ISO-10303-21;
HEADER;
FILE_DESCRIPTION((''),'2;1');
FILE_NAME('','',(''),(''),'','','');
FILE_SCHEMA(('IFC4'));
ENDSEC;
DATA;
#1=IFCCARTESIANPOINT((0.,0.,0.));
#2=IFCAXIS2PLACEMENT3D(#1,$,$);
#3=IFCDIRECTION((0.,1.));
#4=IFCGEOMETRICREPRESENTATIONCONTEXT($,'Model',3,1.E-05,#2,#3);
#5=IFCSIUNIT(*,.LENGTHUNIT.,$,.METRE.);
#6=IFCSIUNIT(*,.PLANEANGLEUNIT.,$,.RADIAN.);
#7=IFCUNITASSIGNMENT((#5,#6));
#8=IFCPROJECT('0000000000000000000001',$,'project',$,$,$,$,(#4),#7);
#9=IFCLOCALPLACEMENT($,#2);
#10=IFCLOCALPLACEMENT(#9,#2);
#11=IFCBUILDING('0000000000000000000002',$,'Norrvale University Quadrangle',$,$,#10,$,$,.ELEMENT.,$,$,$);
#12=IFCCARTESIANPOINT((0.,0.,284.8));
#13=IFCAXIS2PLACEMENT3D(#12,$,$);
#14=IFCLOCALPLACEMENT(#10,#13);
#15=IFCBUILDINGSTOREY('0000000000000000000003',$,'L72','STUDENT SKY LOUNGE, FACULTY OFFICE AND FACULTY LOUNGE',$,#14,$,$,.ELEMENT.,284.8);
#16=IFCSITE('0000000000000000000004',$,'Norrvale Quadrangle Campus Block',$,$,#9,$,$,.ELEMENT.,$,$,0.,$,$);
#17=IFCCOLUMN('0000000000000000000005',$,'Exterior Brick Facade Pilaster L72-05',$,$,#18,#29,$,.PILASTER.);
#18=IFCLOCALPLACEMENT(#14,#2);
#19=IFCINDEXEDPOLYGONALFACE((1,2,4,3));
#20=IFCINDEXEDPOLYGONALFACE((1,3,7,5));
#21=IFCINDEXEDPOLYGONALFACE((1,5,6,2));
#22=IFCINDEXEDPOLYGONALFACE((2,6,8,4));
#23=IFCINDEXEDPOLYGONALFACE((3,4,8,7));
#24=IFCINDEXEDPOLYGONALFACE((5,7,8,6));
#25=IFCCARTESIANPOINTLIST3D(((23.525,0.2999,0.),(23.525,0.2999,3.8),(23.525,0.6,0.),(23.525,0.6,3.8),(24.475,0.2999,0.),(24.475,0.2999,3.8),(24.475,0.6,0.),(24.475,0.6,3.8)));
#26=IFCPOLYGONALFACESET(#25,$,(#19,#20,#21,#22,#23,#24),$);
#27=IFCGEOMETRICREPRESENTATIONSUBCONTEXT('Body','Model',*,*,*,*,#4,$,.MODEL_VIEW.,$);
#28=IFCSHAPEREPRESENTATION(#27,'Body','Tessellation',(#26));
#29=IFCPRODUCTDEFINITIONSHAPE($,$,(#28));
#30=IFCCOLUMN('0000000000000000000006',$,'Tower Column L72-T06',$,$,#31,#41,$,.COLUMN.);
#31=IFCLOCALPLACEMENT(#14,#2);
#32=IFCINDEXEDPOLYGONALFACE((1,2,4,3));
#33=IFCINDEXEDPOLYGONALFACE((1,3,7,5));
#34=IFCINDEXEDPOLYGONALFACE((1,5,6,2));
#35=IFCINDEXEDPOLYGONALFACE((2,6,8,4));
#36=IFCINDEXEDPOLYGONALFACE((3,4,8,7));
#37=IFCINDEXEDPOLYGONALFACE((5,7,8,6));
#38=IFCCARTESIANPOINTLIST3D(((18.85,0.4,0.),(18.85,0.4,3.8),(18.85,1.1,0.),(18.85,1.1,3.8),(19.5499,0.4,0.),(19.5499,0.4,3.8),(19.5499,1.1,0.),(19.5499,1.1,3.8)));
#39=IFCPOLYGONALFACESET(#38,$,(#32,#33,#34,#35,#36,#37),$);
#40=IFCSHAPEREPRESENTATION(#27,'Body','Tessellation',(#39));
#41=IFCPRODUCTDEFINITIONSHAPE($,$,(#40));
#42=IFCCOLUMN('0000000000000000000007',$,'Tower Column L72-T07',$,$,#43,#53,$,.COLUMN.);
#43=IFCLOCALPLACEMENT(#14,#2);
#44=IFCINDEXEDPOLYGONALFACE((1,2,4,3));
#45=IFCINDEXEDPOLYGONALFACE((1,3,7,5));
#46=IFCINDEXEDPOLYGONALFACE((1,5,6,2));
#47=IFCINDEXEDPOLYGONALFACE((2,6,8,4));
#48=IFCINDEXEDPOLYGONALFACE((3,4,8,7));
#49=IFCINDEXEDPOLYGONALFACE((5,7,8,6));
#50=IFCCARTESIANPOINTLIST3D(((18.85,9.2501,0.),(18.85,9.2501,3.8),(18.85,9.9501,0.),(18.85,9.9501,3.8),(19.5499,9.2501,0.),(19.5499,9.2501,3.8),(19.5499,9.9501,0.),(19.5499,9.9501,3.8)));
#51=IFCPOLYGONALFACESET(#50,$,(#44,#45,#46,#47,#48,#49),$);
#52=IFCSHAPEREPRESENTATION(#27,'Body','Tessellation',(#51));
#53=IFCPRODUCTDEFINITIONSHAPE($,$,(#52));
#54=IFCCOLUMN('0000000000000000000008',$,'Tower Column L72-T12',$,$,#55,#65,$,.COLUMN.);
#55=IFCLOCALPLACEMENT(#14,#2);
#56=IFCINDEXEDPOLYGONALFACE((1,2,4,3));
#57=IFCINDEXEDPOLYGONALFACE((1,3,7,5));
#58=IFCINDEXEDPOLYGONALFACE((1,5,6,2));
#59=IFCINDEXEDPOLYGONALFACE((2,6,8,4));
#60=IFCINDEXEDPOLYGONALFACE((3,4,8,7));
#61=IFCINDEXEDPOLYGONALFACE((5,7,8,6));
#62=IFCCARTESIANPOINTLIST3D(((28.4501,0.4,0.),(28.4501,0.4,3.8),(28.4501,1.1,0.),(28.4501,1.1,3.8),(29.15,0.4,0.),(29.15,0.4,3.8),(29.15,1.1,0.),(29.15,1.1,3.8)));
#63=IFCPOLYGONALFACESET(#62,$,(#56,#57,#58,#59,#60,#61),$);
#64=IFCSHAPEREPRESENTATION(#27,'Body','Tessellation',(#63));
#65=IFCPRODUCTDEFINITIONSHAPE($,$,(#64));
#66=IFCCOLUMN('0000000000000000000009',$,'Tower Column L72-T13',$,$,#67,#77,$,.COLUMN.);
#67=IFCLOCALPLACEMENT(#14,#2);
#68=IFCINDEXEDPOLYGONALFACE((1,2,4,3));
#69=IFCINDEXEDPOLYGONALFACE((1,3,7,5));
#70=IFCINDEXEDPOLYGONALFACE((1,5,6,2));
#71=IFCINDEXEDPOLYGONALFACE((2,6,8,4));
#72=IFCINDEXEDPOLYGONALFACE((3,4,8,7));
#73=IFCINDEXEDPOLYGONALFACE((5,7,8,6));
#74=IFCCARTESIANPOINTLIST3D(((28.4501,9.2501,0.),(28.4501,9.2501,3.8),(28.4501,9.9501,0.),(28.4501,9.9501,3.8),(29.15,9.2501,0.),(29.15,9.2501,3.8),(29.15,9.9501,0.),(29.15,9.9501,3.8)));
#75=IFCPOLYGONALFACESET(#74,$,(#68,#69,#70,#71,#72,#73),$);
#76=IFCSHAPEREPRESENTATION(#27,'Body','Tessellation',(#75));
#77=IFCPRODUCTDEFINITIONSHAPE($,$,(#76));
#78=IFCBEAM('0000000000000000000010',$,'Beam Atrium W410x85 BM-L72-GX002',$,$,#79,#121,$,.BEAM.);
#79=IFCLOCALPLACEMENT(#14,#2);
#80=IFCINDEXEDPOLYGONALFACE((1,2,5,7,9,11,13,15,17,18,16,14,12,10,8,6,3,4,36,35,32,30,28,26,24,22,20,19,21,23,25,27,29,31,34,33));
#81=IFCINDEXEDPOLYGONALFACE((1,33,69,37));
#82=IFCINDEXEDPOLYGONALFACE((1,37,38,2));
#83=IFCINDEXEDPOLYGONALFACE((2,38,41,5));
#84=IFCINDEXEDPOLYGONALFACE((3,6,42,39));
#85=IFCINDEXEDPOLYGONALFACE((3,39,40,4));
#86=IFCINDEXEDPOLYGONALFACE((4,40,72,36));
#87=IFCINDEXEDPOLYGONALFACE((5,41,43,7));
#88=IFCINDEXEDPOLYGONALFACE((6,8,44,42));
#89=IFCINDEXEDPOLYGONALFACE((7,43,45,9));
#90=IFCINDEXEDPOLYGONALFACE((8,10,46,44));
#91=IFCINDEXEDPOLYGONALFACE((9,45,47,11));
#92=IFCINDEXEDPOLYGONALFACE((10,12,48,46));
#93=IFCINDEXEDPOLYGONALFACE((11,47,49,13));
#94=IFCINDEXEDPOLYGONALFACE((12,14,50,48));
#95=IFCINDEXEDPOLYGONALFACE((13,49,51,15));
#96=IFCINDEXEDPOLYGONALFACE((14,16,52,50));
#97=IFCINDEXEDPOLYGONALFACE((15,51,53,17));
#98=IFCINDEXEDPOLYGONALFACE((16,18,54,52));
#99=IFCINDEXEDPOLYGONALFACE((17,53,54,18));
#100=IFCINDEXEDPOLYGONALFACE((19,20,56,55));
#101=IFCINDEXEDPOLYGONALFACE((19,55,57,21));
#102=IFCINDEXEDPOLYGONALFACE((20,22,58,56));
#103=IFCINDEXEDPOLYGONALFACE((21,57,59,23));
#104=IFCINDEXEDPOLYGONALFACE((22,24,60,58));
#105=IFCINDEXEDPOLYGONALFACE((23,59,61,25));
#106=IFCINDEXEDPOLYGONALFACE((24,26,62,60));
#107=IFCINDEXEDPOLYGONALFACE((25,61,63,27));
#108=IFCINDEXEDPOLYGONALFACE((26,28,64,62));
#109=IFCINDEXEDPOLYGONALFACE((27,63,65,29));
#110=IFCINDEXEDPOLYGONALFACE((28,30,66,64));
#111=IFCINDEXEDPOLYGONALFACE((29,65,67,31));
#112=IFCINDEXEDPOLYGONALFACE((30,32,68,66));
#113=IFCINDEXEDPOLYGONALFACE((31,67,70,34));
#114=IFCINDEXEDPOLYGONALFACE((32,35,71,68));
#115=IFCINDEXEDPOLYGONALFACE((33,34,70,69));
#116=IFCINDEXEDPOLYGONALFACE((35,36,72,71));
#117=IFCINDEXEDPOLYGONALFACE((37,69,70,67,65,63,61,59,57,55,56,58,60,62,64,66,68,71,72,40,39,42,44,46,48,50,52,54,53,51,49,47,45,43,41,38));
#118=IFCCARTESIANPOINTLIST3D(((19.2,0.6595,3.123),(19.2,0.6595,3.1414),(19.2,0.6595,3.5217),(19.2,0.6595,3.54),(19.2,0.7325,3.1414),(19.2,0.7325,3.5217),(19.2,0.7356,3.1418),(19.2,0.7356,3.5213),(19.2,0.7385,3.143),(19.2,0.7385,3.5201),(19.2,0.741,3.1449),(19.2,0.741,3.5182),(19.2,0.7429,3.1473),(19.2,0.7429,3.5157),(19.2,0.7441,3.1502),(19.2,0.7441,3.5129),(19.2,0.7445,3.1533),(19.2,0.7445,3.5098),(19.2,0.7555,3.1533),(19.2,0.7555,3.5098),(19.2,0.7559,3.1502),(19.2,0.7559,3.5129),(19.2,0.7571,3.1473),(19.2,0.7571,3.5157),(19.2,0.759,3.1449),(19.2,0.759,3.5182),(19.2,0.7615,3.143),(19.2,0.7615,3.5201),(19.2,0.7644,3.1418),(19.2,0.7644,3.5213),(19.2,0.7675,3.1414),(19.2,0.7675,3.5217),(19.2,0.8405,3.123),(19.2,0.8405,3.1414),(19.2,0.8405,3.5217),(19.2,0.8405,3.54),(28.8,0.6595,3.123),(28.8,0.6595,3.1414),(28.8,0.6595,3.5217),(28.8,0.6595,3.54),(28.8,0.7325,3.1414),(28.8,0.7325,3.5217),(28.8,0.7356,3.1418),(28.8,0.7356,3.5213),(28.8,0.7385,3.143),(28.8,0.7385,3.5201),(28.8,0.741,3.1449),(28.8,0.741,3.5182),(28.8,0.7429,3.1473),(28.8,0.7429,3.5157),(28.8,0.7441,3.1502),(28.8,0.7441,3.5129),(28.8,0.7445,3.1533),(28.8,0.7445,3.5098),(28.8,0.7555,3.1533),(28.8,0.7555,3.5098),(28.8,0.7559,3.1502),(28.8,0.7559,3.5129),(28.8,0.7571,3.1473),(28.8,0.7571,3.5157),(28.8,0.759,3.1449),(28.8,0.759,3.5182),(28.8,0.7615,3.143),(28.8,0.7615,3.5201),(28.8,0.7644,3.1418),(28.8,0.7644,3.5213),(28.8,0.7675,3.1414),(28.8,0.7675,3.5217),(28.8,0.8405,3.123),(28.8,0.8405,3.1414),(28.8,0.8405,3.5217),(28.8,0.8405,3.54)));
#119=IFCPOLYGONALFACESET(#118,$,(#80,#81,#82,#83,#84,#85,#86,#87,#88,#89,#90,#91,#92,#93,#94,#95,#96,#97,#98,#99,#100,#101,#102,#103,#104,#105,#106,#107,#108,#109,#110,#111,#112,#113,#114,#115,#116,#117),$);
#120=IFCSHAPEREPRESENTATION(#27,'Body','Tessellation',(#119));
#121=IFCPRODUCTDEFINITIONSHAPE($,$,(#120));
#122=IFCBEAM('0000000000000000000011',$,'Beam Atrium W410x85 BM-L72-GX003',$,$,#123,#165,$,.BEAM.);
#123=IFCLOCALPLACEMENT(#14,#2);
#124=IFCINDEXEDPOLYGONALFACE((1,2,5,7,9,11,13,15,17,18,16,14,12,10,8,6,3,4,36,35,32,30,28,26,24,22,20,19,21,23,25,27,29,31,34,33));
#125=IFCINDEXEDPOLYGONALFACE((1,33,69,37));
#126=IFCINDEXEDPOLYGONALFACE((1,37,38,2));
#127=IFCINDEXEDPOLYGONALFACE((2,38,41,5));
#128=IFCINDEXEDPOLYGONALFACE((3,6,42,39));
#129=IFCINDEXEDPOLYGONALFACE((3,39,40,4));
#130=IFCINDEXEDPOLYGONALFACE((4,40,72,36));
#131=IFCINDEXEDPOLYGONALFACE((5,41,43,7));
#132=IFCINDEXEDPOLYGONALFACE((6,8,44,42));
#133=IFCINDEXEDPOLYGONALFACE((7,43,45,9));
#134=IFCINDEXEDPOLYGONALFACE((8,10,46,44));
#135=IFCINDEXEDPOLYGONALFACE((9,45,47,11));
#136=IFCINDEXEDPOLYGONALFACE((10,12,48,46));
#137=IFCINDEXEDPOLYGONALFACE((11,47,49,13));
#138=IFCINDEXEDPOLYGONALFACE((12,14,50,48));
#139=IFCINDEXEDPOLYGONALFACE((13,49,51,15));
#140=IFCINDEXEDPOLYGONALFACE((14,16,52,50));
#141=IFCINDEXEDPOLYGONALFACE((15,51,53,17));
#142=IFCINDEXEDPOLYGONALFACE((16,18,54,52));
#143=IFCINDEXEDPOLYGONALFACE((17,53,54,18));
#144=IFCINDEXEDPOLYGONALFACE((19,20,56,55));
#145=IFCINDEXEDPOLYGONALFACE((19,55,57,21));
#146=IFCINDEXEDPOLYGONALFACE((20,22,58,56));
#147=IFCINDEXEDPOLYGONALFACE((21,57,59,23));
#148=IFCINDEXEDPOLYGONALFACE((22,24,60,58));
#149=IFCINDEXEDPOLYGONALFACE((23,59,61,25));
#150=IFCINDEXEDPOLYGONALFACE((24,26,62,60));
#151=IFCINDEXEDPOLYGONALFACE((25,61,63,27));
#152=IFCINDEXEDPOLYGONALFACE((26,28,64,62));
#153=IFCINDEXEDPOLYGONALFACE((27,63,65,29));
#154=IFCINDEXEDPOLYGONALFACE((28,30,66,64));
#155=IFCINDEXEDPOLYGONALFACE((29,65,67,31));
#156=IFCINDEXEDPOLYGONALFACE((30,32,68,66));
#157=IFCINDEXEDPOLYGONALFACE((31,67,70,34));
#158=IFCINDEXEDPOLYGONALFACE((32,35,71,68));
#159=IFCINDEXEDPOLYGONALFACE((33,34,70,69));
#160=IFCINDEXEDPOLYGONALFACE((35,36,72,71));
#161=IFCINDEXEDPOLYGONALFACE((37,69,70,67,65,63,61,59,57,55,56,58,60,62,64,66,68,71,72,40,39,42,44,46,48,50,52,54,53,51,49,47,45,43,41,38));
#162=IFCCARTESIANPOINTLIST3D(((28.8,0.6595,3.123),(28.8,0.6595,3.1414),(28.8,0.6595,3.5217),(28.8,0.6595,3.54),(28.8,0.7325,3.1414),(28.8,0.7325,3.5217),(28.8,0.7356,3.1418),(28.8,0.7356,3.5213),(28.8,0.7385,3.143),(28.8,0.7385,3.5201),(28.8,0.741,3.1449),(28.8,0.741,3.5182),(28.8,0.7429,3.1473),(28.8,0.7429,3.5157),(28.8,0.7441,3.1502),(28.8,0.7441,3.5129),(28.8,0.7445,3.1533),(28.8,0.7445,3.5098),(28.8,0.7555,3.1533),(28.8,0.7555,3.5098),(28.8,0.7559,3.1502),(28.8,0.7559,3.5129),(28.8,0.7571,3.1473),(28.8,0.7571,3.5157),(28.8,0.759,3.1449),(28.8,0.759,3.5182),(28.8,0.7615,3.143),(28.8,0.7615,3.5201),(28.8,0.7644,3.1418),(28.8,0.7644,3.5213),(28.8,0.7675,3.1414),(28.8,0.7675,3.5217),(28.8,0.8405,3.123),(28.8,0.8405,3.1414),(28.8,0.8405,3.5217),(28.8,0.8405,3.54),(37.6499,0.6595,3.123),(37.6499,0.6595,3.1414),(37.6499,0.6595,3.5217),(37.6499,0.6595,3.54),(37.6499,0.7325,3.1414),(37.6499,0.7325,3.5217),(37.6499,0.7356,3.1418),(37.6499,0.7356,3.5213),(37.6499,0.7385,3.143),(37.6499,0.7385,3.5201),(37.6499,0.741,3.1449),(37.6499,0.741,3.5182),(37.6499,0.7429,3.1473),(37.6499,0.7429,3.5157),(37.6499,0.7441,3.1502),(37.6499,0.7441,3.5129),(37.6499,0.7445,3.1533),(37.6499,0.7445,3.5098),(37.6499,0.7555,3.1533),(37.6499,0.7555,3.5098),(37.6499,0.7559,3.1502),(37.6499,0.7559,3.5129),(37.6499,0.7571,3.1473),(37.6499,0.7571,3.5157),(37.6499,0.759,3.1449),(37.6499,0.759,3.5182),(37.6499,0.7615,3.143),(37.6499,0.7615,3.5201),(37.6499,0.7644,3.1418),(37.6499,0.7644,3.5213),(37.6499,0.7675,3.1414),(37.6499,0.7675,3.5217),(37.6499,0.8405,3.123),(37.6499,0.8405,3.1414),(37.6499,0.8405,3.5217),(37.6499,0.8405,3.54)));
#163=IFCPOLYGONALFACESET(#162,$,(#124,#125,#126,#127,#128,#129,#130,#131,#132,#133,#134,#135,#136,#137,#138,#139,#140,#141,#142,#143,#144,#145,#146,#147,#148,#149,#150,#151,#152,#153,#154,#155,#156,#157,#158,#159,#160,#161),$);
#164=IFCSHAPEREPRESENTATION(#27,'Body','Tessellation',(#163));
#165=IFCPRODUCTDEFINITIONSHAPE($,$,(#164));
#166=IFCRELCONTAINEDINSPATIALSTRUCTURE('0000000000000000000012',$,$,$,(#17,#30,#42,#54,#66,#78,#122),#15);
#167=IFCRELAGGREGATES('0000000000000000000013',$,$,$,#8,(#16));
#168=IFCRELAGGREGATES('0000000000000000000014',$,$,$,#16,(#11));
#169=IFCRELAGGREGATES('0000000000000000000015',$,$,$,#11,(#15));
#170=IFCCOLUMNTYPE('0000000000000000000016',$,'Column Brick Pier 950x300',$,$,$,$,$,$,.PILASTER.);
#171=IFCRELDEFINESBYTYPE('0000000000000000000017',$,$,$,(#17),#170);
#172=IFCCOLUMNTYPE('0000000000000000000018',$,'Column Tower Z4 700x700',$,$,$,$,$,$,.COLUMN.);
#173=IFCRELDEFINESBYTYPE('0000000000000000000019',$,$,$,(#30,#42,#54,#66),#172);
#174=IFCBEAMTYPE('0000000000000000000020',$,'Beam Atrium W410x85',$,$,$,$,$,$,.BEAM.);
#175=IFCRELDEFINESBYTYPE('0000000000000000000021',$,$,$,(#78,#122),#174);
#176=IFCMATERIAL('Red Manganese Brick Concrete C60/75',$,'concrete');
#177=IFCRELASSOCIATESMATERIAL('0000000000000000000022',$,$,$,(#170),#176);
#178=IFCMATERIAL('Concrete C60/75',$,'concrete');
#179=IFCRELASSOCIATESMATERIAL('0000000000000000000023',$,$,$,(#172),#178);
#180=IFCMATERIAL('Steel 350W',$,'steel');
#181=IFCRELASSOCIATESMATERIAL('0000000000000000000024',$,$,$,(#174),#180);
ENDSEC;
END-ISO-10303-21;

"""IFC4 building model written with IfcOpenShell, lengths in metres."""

from ifc_helpers import new_model, si_unit, direction, frame, origin, origin_2d, place, context, subcontext, project, spatial, rectangle, i_section, extrude, material, material_profile, profile_set, type_object, element, save


model = new_model("IFC4")

# Units and contexts
model_context = context("Model", 3, precision=1e-05, world=origin(), true_north=direction((0.0, 1.0)))
body_context = subcontext(model_context, "Body", "Model", "MODEL_VIEW")
ifc_project = project(units=[si_unit("LENGTHUNIT", "METRE"), si_unit("PLANEANGLEUNIT", "RADIAN")], contexts=[model_context])

# Site, building, storey
site_placement = place(None, origin())
site = spatial("IfcSite", under=ifc_project, at=site_placement, Name="Norrvale Quadrangle Campus Block", CompositionType="ELEMENT", RefElevation=0.0)
building_placement = place(site_placement, origin())
building = spatial("IfcBuilding", under=site, at=building_placement, Name="Norrvale University Quadrangle", CompositionType="ELEMENT")
storey_placement = place(building_placement, frame((0.0, 0.0, 284.8)))
storey = spatial("IfcBuildingStorey", under=building, at=storey_placement, Name="L72", Description="STUDENT SKY LOUNGE, FACULTY OFFICE AND FACULTY LOUNGE", CompositionType="ELEMENT", Elevation=284.8)

# Columns
ifc_material_1 = material(Name="Red Manganese Brick Concrete C60/75", Category="concrete")
ifc_material_profile_1 = material_profile(ifc_material_1, rectangle(XDim=0.95, YDim=0.3, at=origin_2d()), Name="Red Manganese Brick Concrete C60/75")
ifc_profile_set_1 = profile_set([ifc_material_profile_1], Name="Red Manganese Brick Concrete C60/75")
column_type_1 = type_object("IfcColumnType", Name="Column Brick Pier 950x300", PredefinedType="PILASTER", material=ifc_profile_set_1)
column_placement = place(storey_placement, frame((24.0, 0.45, 0.0), z_axis=(0.0, 0.0, 1.0), x_axis=(1.0, 0.0, 0.0)))
element("IfcColumn", 1, at=column_placement, inside=storey, type_object=column_type_1, Name="Exterior Brick Facade Pilaster L72-05", PredefinedType="PILASTER", context=body_context, shape_type="SweptSolid", body=[
    extrude(rectangle(XDim=0.95, YDim=0.3, at=origin_2d()), origin(), (0.0, 0.0, 1.0), 3.8),
])
ifc_material_2 = material(Name="Concrete C60/75", Category="concrete")
ifc_material_profile_2 = material_profile(ifc_material_2, rectangle(XDim=0.7, YDim=0.7, at=origin_2d()), Name="Concrete C60/75")
ifc_profile_set_2 = profile_set([ifc_material_profile_2], Name="Concrete C60/75")
column_type_2 = type_object("IfcColumnType", Name="Column Tower Z4 700x700", PredefinedType="COLUMN", material=ifc_profile_set_2)
for number, where, z_axis, x_axis, name in (
    (2, (19.2, 0.75, 0.0), (0.0, 0.0, 1.0), (1.0, 0.0, 0.0), "Tower Column L72-T06"),
    (3, (19.2, 9.6001, 0.0), (0.0, 0.0, 1.0), (1.0, 0.0, 0.0), "Tower Column L72-T07"),
    (4, (28.8, 0.75, 0.0), (0.0, 0.0, 1.0), (1.0, 0.0, 0.0), "Tower Column L72-T12"),
    (5, (28.8, 9.6001, 0.0), (0.0, 0.0, 1.0), (1.0, 0.0, 0.0), "Tower Column L72-T13"),
):
    element("IfcColumn", number, at=place(storey_placement, frame(where, z_axis=z_axis, x_axis=x_axis)), inside=storey, type_object=column_type_2, Name=name, PredefinedType="COLUMN", context=body_context, shape_type="SweptSolid", body=[
        extrude(rectangle(XDim=0.7, YDim=0.7, at=origin_2d()), origin(), (0.0, 0.0, 1.0), 3.8),
    ])

# Beams
ifc_material_3 = material(Name="Steel 350W", Category="steel")
ifc_material_profile_3 = material_profile(ifc_material_3, i_section(OverallWidth=0.1809, OverallDepth=0.417, WebThickness=0.011, FlangeThickness=0.0183, FilletRadius=0.012, at=origin_2d()), Name="Steel 350W")
ifc_profile_set_3 = profile_set([ifc_material_profile_3], Name="Steel 350W")
beam_type_1 = type_object("IfcBeamType", Name="Beam Atrium W410x85", PredefinedType="BEAM", material=ifc_profile_set_3)
beam_1_placement = place(storey_placement, frame((19.2, 0.75, 3.3315), z_axis=(1.0, 0.0, 0.0), x_axis=(0.0, 1.0, 0.0)))
element("IfcBeam", 6, at=beam_1_placement, inside=storey, type_object=beam_type_1, Name="Beam Atrium W410x85 BM-L72-GX002", PredefinedType="BEAM", context=body_context, shape_type="SweptSolid", body=[
    extrude(i_section(OverallWidth=0.1809, OverallDepth=0.417, WebThickness=0.011, FlangeThickness=0.0183, FilletRadius=0.012, at=origin_2d()), origin(), (0.0, 0.0, 1.0), 9.6001),
])
beam_2_placement = place(storey_placement, frame((28.8, 0.75, 3.3315), z_axis=(1.0, 0.0, 0.0), x_axis=(0.0, 1.0, 0.0)))
element("IfcBeam", 7, at=beam_2_placement, inside=storey, type_object=beam_type_1, Name="Beam Atrium W410x85 BM-L72-GX003", PredefinedType="BEAM", context=body_context, shape_type="SweptSolid", body=[
    extrude(i_section(OverallWidth=0.1809, OverallDepth=0.417, WebThickness=0.011, FlangeThickness=0.0183, FilletRadius=0.012, at=origin_2d()), origin(), (0.0, 0.0, 1.0), 8.8499),
])

save(model, "model.ifc")
